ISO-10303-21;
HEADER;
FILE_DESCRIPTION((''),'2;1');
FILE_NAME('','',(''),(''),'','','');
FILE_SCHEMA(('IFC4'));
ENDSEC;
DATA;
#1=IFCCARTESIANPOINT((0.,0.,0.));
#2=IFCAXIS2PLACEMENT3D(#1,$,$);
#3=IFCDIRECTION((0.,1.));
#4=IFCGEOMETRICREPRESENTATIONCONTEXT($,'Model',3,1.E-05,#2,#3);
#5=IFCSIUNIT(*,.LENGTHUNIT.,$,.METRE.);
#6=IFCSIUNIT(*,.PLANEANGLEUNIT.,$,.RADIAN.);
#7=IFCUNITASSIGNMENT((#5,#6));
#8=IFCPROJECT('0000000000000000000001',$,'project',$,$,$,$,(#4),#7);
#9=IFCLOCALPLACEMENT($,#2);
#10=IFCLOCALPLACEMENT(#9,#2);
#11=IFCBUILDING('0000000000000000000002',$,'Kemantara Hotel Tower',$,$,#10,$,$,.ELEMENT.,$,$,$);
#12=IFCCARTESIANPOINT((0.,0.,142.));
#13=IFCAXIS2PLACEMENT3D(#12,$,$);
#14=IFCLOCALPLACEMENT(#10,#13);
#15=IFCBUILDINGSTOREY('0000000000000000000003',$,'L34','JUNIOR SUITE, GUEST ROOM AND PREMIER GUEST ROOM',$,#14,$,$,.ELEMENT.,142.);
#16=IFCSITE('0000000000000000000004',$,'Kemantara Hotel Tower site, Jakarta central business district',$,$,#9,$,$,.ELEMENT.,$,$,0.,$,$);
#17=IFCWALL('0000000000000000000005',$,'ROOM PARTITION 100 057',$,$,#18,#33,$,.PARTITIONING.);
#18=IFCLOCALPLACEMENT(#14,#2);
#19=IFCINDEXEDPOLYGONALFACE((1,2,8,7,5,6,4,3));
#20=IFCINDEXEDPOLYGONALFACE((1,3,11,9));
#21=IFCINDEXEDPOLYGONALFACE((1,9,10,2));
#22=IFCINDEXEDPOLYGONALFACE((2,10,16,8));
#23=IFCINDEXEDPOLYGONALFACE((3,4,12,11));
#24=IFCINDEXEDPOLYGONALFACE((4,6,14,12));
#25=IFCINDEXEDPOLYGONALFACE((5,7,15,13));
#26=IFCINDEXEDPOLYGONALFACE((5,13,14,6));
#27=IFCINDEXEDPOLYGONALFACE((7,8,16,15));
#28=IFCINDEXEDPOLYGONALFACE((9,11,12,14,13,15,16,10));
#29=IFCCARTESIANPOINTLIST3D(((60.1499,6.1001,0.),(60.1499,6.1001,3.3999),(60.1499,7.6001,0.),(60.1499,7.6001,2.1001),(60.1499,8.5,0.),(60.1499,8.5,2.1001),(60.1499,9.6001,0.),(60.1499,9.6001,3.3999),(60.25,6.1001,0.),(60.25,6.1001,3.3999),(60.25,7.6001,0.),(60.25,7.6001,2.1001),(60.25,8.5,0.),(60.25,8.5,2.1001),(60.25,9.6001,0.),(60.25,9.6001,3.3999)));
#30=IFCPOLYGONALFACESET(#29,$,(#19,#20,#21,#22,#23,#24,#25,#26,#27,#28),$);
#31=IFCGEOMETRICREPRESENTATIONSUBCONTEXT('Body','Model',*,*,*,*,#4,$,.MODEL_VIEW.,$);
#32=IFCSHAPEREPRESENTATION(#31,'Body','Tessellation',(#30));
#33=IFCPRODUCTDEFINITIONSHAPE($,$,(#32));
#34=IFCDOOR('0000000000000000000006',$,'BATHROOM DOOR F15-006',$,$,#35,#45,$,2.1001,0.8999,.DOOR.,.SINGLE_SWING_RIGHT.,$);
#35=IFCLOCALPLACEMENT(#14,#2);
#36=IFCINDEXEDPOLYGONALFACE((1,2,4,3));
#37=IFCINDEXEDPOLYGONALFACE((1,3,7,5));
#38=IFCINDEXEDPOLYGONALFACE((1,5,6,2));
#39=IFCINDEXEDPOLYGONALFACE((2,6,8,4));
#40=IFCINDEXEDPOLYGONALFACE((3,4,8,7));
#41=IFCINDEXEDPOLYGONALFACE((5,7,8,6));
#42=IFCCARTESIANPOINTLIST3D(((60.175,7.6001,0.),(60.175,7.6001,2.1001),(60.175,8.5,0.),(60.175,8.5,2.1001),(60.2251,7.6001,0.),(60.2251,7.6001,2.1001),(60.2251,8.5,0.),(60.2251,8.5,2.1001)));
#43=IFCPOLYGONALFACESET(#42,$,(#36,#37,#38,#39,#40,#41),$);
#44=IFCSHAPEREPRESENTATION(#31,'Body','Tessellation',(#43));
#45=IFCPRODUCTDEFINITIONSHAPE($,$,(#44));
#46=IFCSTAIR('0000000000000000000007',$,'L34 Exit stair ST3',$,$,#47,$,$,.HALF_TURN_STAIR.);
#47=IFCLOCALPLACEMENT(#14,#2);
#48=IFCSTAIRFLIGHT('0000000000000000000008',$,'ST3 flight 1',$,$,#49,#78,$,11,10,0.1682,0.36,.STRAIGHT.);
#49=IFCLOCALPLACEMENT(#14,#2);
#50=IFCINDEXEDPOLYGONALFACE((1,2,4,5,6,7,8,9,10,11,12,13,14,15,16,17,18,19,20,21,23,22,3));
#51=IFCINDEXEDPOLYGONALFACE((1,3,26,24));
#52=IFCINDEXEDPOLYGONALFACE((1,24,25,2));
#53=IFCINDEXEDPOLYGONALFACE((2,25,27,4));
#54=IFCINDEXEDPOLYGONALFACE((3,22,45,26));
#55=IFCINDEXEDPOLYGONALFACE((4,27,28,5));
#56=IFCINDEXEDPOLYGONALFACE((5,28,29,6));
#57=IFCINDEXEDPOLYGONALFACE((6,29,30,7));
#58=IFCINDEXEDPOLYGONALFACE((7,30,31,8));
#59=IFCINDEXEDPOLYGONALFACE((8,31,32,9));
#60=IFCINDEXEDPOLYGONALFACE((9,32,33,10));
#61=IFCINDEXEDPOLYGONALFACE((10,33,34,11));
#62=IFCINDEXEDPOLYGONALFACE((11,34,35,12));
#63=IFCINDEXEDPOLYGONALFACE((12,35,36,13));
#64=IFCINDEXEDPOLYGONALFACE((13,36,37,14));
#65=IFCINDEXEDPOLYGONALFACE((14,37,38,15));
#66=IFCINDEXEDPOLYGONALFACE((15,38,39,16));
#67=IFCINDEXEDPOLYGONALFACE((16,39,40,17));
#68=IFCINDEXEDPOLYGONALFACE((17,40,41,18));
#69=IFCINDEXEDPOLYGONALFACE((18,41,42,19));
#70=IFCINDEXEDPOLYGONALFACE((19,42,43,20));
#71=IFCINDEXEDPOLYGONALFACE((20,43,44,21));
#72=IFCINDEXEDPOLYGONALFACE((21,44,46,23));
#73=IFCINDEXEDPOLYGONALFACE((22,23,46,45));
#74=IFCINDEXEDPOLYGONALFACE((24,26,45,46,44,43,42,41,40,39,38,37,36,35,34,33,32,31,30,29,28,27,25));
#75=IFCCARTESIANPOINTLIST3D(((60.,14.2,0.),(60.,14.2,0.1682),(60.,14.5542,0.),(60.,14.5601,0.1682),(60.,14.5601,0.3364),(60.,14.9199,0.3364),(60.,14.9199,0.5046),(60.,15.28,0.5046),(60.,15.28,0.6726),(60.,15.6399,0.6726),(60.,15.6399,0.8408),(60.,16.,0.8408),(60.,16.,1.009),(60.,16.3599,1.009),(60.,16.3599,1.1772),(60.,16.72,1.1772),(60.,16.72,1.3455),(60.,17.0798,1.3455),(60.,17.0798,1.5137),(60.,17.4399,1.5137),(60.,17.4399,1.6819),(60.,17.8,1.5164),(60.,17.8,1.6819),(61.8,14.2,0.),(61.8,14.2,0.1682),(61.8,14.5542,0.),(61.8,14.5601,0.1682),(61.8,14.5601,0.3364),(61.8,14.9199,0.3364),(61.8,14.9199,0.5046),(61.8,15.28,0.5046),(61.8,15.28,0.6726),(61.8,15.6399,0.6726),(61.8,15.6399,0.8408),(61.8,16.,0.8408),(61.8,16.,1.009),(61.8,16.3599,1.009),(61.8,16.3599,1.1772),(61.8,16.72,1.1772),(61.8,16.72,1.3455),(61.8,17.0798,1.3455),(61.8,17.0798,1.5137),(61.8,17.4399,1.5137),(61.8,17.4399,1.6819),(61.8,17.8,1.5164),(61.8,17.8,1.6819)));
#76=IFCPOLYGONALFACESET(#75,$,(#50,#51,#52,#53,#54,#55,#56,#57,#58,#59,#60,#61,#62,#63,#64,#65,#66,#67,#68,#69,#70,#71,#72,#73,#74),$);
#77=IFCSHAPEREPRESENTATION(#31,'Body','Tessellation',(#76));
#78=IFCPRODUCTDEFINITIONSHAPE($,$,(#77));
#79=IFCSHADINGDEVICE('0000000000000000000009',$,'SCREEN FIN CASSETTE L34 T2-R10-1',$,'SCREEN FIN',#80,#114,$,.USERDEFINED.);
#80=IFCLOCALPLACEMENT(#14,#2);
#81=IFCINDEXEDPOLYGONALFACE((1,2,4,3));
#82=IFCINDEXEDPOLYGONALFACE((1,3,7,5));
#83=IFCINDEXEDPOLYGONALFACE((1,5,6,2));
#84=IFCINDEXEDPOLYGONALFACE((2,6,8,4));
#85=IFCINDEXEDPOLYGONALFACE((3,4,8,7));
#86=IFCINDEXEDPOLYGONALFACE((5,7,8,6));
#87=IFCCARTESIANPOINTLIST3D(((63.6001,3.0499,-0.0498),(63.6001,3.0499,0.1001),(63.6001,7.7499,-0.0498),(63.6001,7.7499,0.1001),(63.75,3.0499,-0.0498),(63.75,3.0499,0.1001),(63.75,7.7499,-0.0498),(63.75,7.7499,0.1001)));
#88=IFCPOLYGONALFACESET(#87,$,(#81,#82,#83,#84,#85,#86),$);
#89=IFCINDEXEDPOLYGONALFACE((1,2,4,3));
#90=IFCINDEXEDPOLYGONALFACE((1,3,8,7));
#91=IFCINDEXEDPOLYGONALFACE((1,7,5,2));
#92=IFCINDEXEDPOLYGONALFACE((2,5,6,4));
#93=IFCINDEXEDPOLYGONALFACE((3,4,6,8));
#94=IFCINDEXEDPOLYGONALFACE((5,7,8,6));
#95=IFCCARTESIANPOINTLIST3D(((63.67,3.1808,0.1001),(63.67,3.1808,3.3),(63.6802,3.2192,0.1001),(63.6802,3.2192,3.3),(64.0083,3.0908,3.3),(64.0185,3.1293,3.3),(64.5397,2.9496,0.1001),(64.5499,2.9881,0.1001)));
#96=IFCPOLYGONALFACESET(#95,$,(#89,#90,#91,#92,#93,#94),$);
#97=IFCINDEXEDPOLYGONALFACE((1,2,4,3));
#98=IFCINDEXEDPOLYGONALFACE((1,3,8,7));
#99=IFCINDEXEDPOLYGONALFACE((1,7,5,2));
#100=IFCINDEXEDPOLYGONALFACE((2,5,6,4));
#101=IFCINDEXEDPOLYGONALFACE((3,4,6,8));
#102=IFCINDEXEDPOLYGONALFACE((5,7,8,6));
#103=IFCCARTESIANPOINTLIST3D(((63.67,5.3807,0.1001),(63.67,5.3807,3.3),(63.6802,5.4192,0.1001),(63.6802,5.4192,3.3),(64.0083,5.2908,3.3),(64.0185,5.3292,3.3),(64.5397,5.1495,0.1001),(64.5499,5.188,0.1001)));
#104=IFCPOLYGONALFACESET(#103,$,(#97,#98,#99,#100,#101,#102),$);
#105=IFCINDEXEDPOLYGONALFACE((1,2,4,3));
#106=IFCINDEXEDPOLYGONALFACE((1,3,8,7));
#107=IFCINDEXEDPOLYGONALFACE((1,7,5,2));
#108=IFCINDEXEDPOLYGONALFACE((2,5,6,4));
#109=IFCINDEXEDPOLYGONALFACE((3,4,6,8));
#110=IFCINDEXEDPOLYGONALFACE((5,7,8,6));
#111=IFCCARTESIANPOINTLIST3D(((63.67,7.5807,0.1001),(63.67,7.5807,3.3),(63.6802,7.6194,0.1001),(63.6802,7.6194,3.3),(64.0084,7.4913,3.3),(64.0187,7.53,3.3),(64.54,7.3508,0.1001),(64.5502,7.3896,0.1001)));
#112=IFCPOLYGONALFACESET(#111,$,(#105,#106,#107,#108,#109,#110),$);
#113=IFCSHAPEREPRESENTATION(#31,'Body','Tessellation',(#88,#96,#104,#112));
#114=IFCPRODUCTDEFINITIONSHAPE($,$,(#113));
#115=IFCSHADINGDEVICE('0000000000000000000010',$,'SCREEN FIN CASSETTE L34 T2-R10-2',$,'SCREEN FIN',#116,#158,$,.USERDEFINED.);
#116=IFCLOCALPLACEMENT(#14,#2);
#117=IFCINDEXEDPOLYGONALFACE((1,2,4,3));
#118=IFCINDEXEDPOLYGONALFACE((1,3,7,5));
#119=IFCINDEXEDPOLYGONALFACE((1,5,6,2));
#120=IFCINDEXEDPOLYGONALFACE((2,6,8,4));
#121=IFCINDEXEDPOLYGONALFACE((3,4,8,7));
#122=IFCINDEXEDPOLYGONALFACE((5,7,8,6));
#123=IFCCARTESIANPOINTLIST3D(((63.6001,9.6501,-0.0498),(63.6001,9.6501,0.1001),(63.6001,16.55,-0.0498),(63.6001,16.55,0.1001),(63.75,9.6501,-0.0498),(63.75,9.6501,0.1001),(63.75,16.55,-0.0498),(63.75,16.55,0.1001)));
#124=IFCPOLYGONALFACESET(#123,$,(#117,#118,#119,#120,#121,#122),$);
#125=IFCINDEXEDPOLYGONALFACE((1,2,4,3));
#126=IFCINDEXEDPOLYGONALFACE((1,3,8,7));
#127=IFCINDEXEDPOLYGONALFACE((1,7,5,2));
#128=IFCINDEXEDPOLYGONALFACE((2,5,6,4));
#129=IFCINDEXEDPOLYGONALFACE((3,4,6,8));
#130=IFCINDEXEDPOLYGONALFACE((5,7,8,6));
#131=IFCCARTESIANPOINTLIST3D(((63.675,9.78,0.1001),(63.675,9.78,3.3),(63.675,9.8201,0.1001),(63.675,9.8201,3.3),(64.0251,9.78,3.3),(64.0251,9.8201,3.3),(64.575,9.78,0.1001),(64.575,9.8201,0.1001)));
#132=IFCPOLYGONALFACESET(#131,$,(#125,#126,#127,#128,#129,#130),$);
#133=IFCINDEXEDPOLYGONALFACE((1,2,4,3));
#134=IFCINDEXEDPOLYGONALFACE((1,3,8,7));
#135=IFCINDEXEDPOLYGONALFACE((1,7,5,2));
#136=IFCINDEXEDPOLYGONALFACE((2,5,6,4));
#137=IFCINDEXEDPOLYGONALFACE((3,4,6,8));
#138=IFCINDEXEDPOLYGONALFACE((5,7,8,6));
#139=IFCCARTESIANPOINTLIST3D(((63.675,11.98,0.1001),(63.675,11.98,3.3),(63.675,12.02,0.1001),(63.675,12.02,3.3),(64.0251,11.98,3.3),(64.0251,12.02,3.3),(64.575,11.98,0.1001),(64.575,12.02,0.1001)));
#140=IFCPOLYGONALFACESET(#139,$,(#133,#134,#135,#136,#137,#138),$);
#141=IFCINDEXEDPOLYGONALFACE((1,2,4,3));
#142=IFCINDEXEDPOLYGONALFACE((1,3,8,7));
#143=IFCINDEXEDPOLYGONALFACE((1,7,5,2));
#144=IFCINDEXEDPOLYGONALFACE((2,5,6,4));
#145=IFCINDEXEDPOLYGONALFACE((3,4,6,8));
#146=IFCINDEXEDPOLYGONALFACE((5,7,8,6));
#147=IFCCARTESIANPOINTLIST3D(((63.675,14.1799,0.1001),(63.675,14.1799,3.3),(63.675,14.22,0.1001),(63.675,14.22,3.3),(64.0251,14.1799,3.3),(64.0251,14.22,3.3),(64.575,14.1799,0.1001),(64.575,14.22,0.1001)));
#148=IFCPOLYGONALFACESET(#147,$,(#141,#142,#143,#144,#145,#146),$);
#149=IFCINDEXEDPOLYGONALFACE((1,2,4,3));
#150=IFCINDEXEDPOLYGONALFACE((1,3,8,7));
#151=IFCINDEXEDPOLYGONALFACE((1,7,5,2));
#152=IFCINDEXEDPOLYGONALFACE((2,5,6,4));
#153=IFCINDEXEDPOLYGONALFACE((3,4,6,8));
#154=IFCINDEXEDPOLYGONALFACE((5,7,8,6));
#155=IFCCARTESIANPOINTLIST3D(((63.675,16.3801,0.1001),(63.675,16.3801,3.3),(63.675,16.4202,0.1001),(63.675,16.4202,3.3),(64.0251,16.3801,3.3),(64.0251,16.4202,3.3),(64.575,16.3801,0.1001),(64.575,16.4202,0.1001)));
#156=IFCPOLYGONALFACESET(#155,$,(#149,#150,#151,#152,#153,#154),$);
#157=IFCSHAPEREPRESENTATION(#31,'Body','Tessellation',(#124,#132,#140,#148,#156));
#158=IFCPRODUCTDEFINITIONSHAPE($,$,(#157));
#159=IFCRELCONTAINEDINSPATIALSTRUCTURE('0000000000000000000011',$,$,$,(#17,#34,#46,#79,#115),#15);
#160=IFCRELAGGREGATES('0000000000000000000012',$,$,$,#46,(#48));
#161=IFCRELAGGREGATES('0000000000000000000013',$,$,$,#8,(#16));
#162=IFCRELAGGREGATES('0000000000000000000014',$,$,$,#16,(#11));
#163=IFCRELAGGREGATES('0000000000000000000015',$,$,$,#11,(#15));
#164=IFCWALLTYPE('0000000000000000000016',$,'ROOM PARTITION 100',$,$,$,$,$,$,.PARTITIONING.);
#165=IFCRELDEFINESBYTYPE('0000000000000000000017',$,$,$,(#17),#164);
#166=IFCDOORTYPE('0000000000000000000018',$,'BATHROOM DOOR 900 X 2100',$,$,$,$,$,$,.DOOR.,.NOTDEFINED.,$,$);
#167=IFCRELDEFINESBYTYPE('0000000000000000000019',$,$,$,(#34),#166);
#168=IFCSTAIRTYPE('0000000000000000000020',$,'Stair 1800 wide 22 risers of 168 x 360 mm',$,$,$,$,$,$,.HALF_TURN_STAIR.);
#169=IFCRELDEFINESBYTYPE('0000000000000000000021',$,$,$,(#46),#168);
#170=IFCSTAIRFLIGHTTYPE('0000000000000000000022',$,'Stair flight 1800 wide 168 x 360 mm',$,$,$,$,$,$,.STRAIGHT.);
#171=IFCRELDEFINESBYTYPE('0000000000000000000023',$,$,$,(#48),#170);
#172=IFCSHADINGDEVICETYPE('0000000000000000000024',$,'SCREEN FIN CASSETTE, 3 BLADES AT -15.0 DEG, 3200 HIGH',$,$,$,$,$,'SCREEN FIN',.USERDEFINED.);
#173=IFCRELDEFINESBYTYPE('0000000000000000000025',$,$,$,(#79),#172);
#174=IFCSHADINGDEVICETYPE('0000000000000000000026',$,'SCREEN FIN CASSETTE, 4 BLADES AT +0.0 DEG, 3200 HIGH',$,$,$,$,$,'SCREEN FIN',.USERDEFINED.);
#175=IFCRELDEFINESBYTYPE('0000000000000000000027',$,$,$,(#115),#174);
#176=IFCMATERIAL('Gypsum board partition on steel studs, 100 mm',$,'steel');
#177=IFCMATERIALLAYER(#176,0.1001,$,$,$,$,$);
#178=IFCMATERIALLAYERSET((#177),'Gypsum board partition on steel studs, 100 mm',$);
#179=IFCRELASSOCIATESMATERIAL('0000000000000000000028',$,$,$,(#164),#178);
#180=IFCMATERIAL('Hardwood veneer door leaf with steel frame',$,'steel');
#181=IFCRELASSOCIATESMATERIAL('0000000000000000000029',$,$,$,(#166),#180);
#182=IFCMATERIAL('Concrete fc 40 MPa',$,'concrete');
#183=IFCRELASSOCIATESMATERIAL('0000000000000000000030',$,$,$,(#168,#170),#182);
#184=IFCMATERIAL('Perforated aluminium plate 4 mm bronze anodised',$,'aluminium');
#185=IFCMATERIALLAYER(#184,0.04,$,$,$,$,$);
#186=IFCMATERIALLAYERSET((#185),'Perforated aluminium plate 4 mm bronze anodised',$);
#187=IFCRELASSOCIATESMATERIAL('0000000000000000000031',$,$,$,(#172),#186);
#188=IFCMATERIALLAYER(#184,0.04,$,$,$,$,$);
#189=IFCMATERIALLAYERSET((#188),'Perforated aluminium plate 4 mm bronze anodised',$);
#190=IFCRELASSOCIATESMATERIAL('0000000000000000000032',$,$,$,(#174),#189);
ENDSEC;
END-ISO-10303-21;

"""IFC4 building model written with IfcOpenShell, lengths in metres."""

from ifc_helpers import new_model, si_unit, direction, frame, frame_2d, origin, origin_2d, place, context, subcontext, project, spatial, polyline, rectangle, outline, extrude, source, transform, mapped, material, layer, layer_set, type_object, element, fill, aggregate, save


model = new_model("IFC4")

# Units and contexts
model_context = context("Model", 3, precision=1e-05, world=origin(), true_north=direction((0.0, 1.0)))
body_context = subcontext(model_context, "Body", "Model", "MODEL_VIEW")
ifc_project = project(units=[si_unit("LENGTHUNIT", "METRE"), si_unit("PLANEANGLEUNIT", "RADIAN")], contexts=[model_context])

# Site, building, storey
site_placement = place(None, origin())
site = spatial("IfcSite", under=ifc_project, at=site_placement, Name="Kemantara Hotel Tower site, Jakarta central business district", CompositionType="ELEMENT", RefElevation=0.0)
building_placement = place(site_placement, origin())
building = spatial("IfcBuilding", under=site, at=building_placement, Name="Kemantara Hotel Tower", CompositionType="ELEMENT")
storey_placement = place(building_placement, frame((0.0, 0.0, 142.0)))
storey = spatial("IfcBuildingStorey", under=building, at=storey_placement, Name="L34", Description="JUNIOR SUITE, GUEST ROOM AND PREMIER GUEST ROOM", CompositionType="ELEMENT", Elevation=142.0)

# Shared definitions
ifc_material_1 = material(Name="Hardwood veneer door leaf with steel frame", Category="steel")

# Shared definitions
ifc_material_2 = material(Name="Concrete fc 40 MPa", Category="concrete")

# Shared definitions
ifc_material_3 = material(Name="Gypsum board partition on steel studs, 100 mm", Category="steel")
ifc_layer_1 = layer(ifc_material_3, 0.1001)
ifc_layer_set_1 = layer_set([ifc_layer_1], Name="Gypsum board partition on steel studs, 100 mm")
wall_type_1 = type_object("IfcWallType", Name="ROOM PARTITION 100", PredefinedType="PARTITIONING", material=ifc_layer_set_1)

# Wall, opening, door
wall_1_placement = place(storey_placement, frame((60.2, 6.1001, 0.0), z_axis=(0.0, 0.0, 1.0), x_axis=(0.0, 1.0, 0.0)))
wall_1 = element("IfcWall", 1, at=wall_1_placement, inside=storey, type_object=wall_type_1, Name="ROOM PARTITION 100 057", PredefinedType="PARTITIONING", context=body_context, shape_type="SweptSolid", body=[
    extrude(rectangle(XDim=3.5, YDim=0.1001, at=frame_2d((1.75, 0.0))), origin(), (0.0, 0.0, 1.0), 3.3999),
])
opening_1_placement = place(wall_1_placement, frame((1.5, 0.0, 0.0)))
opening_1 = element("IfcOpeningElement", 2, at=opening_1_placement, cuts=wall_1, PredefinedType="OPENING", context=body_context, shape_type="SweptSolid", body=[
    extrude(rectangle(XDim=0.8999, YDim=2.1001, at=frame_2d((0.45, 1.05))), frame((0.0, 0.0601, 0.0), z_axis=(0.0, -1.0, 0.0), x_axis=(1.0, 0.0, 0.0)), (0.0, 0.0, 1.0), 0.1201),
])
door_type_1 = type_object("IfcDoorType", Name="BATHROOM DOOR 900 X 2100", OperationType="NOTDEFINED", PredefinedType="DOOR", material=ifc_material_1)
door_1_placement = place(opening_1_placement, origin())
door_1 = element("IfcDoor", 3, at=door_1_placement, inside=storey, type_object=door_type_1, Name="BATHROOM DOOR F15-006", OperationType="SINGLE_SWING_RIGHT", OverallHeight=2.1001, OverallWidth=0.8999, PredefinedType="DOOR", context=body_context, shape_type="SweptSolid", body=[
    extrude(rectangle(XDim=0.8999, YDim=2.1001, at=frame_2d((0.45, 1.05))), frame((0.0, 0.0249, 0.0), z_axis=(0.0, -1.0, 0.0), x_axis=(1.0, 0.0, 0.0)), (0.0, 0.0, 1.0), 0.05),
])
fill(opening_1, door_1)

# Stair, stair flight
stair_type = type_object("IfcStairType", Name="Stair 1800 wide 22 risers of 168 x 360 mm", PredefinedType="HALF_TURN_STAIR", material=ifc_material_2)
stair_placement = place(storey_placement, origin())
stair = element("IfcStair", 4, at=stair_placement, inside=storey, type_object=stair_type, Name="L34 Exit stair ST3", PredefinedType="HALF_TURN_STAIR")
stair_flight_type = type_object("IfcStairFlightType", Name="Stair flight 1800 wide 168 x 360 mm", PredefinedType="STRAIGHT", material=ifc_material_2)
stair_flight_placement = place(storey_placement, frame((60.8999, 14.2, 0.0), z_axis=(0.0, 0.0, 1.0), x_axis=(0.0, 1.0, 0.0)))
stair_flight = element("IfcStairFlight", 5, at=stair_flight_placement, type_object=stair_flight_type, Name="ST3 flight 1", NumberOfRisers=11, NumberOfTreads=10, PredefinedType="STRAIGHT", RiserHeight=0.1682, TreadLength=0.36, context=body_context, shape_type="SweptSolid", body=[
    extrude(outline(polyline([(0.0, 0.0), (0.0, 0.1682), (0.3601, 0.1682), (0.3601, 0.3364), (0.72, 0.3364), (0.72, 0.5046), (1.0801, 0.5046), (1.0801, 0.6726), (1.4399, 0.6726), (1.4399, 0.8408), (1.8, 0.8408), (1.8, 1.009), (2.1599, 1.009), (2.1599, 1.1772), (2.52, 1.1772), (2.52, 1.3455), (2.8799, 1.3455), (2.8799, 1.5137), (3.24, 1.5137), (3.24, 1.6819), (3.6001, 1.6819), (3.6001, 1.8501), (3.6001, 1.5164), (0.3542, 0.0), (0.0, 0.0)])), frame((0.0, 0.8999, 0.0), z_axis=(0.0, -1.0, 0.0), x_axis=(1.0, 0.0, 0.0)), (0.0, 0.0, 1.0), 1.8),
])
aggregate(stair, [stair_flight])

# Shading devices
ifc_material_4 = material(Name="Perforated aluminium plate 4 mm bronze anodised", Category="aluminium")
ifc_layer_2 = layer(ifc_material_4, 0.04)
ifc_layer_set_2 = layer_set([ifc_layer_2], Name="Perforated aluminium plate 4 mm bronze anodised")
shading_device_type_1 = type_object("IfcShadingDeviceType", Name="SCREEN FIN CASSETTE, 3 BLADES AT -15.0 DEG, 3200 HIGH", ElementType="SCREEN FIN", PredefinedType="USERDEFINED", material=ifc_layer_set_2)
shared_shape_1 = source(origin(), body_context, "Body", "SweptSolid", [
    extrude(rectangle(XDim=4.7, YDim=0.1499, at=origin_2d()), frame((2.2, -0.075, -0.1499), z_axis=(0.0, 0.0, 1.0), x_axis=(1.0, 0.0, 0.0)), (0.0, 0.0, 1.0), 0.1499),
    extrude(outline(polyline([(0.0, 0.0), (0.8999, 0.0), (0.3501, 3.2), (0.0, 3.2), (0.0, 0.0)])), frame((0.0193, -0.0801, 0.0), z_axis=(-0.966438, 0.256901, 0.0), x_axis=(-0.256901, -0.966438, 0.0)), (0.0, 0.0, 1.0), 0.0398),
    extrude(outline(polyline([(0.0, 0.0), (0.8999, 0.0), (0.3501, 3.2), (0.0, 3.2), (0.0, 0.0)])), frame((2.2192, -0.0801, 0.0), z_axis=(-0.966438, 0.256901, 0.0), x_axis=(-0.256901, -0.966438, 0.0)), (0.0, 0.0, 1.0), 0.0398),
    extrude(outline(polyline([(0.0, 0.0), (0.8999, 0.0), (0.3501, 3.2), (0.0, 3.2), (0.0, 0.0)])), frame((4.4194, -0.0801, 0.0), z_axis=(-0.966838, 0.255391, 0.0), x_axis=(-0.255391, -0.966838, 0.0)), (0.0, 0.0, 1.0), 0.04),
])
shading_device_1_placement = place(storey_placement, frame((63.6001, 3.2, 0.1001), z_axis=(0.0, 0.0, 1.0), x_axis=(0.0, 1.0, 0.0)))
element("IfcShadingDevice", 6, at=shading_device_1_placement, inside=storey, type_object=shading_device_type_1, Name="SCREEN FIN CASSETTE L34 T2-R10-1", ObjectType="SCREEN FIN", PredefinedType="USERDEFINED", context=body_context, shape_type="MappedRepresentation", body=[
    mapped(shared_shape_1, transform((0.0, 0.0, 0.0))),
])
ifc_layer_3 = layer(ifc_material_4, 0.04)
ifc_layer_set_3 = layer_set([ifc_layer_3], Name="Perforated aluminium plate 4 mm bronze anodised")
shading_device_type_2 = type_object("IfcShadingDeviceType", Name="SCREEN FIN CASSETTE, 4 BLADES AT +0.0 DEG, 3200 HIGH", ElementType="SCREEN FIN", PredefinedType="USERDEFINED", material=ifc_layer_set_3)
shared_shape_2 = source(origin(), body_context, "Body", "SweptSolid", [
    extrude(rectangle(XDim=6.8999, YDim=0.1499, at=origin_2d()), frame((3.3, -0.075, -0.1499), z_axis=(0.0, 0.0, 1.0), x_axis=(1.0, 0.0, 0.0)), (0.0, 0.0, 1.0), 0.1499),
    extrude(outline(polyline([(0.0, 0.0), (0.8999, 0.0), (0.3501, 3.2), (0.0, 3.2), (0.0, 0.0)])), frame((0.02, -0.075, 0.0), z_axis=(-1.0, 0.0, 0.0), x_axis=(0.0, -1.0, 0.0)), (0.0, 0.0, 1.0), 0.04),
    extrude(outline(polyline([(0.0, 0.0), (0.8999, 0.0), (0.3501, 3.2), (0.0, 3.2), (0.0, 0.0)])), frame((2.22, -0.075, 0.0), z_axis=(-1.0, 0.0, 0.0), x_axis=(0.0, -1.0, 0.0)), (0.0, 0.0, 1.0), 0.04),
    extrude(outline(polyline([(0.0, 0.0), (0.8999, 0.0), (0.3501, 3.2), (0.0, 3.2), (0.0, 0.0)])), frame((4.4199, -0.075, 0.0), z_axis=(-1.0, 0.0, 0.0), x_axis=(0.0, -1.0, 0.0)), (0.0, 0.0, 1.0), 0.04),
    extrude(outline(polyline([(0.0, 0.0), (0.8999, 0.0), (0.3501, 3.2), (0.0, 3.2), (0.0, 0.0)])), frame((6.6201, -0.075, 0.0), z_axis=(-1.0, 0.0, 0.0), x_axis=(0.0, -1.0, 0.0)), (0.0, 0.0, 1.0), 0.04),
])
shading_device_2_placement = place(storey_placement, frame((63.6001, 9.8, 0.1001), z_axis=(0.0, 0.0, 1.0), x_axis=(0.0, 1.0, 0.0)))
element("IfcShadingDevice", 7, at=shading_device_2_placement, inside=storey, type_object=shading_device_type_2, Name="SCREEN FIN CASSETTE L34 T2-R10-2", ObjectType="SCREEN FIN", PredefinedType="USERDEFINED", context=body_context, shape_type="MappedRepresentation", body=[
    mapped(shared_shape_2, transform((0.0, 0.0, 0.0))),
])

save(model, "model.ifc")
